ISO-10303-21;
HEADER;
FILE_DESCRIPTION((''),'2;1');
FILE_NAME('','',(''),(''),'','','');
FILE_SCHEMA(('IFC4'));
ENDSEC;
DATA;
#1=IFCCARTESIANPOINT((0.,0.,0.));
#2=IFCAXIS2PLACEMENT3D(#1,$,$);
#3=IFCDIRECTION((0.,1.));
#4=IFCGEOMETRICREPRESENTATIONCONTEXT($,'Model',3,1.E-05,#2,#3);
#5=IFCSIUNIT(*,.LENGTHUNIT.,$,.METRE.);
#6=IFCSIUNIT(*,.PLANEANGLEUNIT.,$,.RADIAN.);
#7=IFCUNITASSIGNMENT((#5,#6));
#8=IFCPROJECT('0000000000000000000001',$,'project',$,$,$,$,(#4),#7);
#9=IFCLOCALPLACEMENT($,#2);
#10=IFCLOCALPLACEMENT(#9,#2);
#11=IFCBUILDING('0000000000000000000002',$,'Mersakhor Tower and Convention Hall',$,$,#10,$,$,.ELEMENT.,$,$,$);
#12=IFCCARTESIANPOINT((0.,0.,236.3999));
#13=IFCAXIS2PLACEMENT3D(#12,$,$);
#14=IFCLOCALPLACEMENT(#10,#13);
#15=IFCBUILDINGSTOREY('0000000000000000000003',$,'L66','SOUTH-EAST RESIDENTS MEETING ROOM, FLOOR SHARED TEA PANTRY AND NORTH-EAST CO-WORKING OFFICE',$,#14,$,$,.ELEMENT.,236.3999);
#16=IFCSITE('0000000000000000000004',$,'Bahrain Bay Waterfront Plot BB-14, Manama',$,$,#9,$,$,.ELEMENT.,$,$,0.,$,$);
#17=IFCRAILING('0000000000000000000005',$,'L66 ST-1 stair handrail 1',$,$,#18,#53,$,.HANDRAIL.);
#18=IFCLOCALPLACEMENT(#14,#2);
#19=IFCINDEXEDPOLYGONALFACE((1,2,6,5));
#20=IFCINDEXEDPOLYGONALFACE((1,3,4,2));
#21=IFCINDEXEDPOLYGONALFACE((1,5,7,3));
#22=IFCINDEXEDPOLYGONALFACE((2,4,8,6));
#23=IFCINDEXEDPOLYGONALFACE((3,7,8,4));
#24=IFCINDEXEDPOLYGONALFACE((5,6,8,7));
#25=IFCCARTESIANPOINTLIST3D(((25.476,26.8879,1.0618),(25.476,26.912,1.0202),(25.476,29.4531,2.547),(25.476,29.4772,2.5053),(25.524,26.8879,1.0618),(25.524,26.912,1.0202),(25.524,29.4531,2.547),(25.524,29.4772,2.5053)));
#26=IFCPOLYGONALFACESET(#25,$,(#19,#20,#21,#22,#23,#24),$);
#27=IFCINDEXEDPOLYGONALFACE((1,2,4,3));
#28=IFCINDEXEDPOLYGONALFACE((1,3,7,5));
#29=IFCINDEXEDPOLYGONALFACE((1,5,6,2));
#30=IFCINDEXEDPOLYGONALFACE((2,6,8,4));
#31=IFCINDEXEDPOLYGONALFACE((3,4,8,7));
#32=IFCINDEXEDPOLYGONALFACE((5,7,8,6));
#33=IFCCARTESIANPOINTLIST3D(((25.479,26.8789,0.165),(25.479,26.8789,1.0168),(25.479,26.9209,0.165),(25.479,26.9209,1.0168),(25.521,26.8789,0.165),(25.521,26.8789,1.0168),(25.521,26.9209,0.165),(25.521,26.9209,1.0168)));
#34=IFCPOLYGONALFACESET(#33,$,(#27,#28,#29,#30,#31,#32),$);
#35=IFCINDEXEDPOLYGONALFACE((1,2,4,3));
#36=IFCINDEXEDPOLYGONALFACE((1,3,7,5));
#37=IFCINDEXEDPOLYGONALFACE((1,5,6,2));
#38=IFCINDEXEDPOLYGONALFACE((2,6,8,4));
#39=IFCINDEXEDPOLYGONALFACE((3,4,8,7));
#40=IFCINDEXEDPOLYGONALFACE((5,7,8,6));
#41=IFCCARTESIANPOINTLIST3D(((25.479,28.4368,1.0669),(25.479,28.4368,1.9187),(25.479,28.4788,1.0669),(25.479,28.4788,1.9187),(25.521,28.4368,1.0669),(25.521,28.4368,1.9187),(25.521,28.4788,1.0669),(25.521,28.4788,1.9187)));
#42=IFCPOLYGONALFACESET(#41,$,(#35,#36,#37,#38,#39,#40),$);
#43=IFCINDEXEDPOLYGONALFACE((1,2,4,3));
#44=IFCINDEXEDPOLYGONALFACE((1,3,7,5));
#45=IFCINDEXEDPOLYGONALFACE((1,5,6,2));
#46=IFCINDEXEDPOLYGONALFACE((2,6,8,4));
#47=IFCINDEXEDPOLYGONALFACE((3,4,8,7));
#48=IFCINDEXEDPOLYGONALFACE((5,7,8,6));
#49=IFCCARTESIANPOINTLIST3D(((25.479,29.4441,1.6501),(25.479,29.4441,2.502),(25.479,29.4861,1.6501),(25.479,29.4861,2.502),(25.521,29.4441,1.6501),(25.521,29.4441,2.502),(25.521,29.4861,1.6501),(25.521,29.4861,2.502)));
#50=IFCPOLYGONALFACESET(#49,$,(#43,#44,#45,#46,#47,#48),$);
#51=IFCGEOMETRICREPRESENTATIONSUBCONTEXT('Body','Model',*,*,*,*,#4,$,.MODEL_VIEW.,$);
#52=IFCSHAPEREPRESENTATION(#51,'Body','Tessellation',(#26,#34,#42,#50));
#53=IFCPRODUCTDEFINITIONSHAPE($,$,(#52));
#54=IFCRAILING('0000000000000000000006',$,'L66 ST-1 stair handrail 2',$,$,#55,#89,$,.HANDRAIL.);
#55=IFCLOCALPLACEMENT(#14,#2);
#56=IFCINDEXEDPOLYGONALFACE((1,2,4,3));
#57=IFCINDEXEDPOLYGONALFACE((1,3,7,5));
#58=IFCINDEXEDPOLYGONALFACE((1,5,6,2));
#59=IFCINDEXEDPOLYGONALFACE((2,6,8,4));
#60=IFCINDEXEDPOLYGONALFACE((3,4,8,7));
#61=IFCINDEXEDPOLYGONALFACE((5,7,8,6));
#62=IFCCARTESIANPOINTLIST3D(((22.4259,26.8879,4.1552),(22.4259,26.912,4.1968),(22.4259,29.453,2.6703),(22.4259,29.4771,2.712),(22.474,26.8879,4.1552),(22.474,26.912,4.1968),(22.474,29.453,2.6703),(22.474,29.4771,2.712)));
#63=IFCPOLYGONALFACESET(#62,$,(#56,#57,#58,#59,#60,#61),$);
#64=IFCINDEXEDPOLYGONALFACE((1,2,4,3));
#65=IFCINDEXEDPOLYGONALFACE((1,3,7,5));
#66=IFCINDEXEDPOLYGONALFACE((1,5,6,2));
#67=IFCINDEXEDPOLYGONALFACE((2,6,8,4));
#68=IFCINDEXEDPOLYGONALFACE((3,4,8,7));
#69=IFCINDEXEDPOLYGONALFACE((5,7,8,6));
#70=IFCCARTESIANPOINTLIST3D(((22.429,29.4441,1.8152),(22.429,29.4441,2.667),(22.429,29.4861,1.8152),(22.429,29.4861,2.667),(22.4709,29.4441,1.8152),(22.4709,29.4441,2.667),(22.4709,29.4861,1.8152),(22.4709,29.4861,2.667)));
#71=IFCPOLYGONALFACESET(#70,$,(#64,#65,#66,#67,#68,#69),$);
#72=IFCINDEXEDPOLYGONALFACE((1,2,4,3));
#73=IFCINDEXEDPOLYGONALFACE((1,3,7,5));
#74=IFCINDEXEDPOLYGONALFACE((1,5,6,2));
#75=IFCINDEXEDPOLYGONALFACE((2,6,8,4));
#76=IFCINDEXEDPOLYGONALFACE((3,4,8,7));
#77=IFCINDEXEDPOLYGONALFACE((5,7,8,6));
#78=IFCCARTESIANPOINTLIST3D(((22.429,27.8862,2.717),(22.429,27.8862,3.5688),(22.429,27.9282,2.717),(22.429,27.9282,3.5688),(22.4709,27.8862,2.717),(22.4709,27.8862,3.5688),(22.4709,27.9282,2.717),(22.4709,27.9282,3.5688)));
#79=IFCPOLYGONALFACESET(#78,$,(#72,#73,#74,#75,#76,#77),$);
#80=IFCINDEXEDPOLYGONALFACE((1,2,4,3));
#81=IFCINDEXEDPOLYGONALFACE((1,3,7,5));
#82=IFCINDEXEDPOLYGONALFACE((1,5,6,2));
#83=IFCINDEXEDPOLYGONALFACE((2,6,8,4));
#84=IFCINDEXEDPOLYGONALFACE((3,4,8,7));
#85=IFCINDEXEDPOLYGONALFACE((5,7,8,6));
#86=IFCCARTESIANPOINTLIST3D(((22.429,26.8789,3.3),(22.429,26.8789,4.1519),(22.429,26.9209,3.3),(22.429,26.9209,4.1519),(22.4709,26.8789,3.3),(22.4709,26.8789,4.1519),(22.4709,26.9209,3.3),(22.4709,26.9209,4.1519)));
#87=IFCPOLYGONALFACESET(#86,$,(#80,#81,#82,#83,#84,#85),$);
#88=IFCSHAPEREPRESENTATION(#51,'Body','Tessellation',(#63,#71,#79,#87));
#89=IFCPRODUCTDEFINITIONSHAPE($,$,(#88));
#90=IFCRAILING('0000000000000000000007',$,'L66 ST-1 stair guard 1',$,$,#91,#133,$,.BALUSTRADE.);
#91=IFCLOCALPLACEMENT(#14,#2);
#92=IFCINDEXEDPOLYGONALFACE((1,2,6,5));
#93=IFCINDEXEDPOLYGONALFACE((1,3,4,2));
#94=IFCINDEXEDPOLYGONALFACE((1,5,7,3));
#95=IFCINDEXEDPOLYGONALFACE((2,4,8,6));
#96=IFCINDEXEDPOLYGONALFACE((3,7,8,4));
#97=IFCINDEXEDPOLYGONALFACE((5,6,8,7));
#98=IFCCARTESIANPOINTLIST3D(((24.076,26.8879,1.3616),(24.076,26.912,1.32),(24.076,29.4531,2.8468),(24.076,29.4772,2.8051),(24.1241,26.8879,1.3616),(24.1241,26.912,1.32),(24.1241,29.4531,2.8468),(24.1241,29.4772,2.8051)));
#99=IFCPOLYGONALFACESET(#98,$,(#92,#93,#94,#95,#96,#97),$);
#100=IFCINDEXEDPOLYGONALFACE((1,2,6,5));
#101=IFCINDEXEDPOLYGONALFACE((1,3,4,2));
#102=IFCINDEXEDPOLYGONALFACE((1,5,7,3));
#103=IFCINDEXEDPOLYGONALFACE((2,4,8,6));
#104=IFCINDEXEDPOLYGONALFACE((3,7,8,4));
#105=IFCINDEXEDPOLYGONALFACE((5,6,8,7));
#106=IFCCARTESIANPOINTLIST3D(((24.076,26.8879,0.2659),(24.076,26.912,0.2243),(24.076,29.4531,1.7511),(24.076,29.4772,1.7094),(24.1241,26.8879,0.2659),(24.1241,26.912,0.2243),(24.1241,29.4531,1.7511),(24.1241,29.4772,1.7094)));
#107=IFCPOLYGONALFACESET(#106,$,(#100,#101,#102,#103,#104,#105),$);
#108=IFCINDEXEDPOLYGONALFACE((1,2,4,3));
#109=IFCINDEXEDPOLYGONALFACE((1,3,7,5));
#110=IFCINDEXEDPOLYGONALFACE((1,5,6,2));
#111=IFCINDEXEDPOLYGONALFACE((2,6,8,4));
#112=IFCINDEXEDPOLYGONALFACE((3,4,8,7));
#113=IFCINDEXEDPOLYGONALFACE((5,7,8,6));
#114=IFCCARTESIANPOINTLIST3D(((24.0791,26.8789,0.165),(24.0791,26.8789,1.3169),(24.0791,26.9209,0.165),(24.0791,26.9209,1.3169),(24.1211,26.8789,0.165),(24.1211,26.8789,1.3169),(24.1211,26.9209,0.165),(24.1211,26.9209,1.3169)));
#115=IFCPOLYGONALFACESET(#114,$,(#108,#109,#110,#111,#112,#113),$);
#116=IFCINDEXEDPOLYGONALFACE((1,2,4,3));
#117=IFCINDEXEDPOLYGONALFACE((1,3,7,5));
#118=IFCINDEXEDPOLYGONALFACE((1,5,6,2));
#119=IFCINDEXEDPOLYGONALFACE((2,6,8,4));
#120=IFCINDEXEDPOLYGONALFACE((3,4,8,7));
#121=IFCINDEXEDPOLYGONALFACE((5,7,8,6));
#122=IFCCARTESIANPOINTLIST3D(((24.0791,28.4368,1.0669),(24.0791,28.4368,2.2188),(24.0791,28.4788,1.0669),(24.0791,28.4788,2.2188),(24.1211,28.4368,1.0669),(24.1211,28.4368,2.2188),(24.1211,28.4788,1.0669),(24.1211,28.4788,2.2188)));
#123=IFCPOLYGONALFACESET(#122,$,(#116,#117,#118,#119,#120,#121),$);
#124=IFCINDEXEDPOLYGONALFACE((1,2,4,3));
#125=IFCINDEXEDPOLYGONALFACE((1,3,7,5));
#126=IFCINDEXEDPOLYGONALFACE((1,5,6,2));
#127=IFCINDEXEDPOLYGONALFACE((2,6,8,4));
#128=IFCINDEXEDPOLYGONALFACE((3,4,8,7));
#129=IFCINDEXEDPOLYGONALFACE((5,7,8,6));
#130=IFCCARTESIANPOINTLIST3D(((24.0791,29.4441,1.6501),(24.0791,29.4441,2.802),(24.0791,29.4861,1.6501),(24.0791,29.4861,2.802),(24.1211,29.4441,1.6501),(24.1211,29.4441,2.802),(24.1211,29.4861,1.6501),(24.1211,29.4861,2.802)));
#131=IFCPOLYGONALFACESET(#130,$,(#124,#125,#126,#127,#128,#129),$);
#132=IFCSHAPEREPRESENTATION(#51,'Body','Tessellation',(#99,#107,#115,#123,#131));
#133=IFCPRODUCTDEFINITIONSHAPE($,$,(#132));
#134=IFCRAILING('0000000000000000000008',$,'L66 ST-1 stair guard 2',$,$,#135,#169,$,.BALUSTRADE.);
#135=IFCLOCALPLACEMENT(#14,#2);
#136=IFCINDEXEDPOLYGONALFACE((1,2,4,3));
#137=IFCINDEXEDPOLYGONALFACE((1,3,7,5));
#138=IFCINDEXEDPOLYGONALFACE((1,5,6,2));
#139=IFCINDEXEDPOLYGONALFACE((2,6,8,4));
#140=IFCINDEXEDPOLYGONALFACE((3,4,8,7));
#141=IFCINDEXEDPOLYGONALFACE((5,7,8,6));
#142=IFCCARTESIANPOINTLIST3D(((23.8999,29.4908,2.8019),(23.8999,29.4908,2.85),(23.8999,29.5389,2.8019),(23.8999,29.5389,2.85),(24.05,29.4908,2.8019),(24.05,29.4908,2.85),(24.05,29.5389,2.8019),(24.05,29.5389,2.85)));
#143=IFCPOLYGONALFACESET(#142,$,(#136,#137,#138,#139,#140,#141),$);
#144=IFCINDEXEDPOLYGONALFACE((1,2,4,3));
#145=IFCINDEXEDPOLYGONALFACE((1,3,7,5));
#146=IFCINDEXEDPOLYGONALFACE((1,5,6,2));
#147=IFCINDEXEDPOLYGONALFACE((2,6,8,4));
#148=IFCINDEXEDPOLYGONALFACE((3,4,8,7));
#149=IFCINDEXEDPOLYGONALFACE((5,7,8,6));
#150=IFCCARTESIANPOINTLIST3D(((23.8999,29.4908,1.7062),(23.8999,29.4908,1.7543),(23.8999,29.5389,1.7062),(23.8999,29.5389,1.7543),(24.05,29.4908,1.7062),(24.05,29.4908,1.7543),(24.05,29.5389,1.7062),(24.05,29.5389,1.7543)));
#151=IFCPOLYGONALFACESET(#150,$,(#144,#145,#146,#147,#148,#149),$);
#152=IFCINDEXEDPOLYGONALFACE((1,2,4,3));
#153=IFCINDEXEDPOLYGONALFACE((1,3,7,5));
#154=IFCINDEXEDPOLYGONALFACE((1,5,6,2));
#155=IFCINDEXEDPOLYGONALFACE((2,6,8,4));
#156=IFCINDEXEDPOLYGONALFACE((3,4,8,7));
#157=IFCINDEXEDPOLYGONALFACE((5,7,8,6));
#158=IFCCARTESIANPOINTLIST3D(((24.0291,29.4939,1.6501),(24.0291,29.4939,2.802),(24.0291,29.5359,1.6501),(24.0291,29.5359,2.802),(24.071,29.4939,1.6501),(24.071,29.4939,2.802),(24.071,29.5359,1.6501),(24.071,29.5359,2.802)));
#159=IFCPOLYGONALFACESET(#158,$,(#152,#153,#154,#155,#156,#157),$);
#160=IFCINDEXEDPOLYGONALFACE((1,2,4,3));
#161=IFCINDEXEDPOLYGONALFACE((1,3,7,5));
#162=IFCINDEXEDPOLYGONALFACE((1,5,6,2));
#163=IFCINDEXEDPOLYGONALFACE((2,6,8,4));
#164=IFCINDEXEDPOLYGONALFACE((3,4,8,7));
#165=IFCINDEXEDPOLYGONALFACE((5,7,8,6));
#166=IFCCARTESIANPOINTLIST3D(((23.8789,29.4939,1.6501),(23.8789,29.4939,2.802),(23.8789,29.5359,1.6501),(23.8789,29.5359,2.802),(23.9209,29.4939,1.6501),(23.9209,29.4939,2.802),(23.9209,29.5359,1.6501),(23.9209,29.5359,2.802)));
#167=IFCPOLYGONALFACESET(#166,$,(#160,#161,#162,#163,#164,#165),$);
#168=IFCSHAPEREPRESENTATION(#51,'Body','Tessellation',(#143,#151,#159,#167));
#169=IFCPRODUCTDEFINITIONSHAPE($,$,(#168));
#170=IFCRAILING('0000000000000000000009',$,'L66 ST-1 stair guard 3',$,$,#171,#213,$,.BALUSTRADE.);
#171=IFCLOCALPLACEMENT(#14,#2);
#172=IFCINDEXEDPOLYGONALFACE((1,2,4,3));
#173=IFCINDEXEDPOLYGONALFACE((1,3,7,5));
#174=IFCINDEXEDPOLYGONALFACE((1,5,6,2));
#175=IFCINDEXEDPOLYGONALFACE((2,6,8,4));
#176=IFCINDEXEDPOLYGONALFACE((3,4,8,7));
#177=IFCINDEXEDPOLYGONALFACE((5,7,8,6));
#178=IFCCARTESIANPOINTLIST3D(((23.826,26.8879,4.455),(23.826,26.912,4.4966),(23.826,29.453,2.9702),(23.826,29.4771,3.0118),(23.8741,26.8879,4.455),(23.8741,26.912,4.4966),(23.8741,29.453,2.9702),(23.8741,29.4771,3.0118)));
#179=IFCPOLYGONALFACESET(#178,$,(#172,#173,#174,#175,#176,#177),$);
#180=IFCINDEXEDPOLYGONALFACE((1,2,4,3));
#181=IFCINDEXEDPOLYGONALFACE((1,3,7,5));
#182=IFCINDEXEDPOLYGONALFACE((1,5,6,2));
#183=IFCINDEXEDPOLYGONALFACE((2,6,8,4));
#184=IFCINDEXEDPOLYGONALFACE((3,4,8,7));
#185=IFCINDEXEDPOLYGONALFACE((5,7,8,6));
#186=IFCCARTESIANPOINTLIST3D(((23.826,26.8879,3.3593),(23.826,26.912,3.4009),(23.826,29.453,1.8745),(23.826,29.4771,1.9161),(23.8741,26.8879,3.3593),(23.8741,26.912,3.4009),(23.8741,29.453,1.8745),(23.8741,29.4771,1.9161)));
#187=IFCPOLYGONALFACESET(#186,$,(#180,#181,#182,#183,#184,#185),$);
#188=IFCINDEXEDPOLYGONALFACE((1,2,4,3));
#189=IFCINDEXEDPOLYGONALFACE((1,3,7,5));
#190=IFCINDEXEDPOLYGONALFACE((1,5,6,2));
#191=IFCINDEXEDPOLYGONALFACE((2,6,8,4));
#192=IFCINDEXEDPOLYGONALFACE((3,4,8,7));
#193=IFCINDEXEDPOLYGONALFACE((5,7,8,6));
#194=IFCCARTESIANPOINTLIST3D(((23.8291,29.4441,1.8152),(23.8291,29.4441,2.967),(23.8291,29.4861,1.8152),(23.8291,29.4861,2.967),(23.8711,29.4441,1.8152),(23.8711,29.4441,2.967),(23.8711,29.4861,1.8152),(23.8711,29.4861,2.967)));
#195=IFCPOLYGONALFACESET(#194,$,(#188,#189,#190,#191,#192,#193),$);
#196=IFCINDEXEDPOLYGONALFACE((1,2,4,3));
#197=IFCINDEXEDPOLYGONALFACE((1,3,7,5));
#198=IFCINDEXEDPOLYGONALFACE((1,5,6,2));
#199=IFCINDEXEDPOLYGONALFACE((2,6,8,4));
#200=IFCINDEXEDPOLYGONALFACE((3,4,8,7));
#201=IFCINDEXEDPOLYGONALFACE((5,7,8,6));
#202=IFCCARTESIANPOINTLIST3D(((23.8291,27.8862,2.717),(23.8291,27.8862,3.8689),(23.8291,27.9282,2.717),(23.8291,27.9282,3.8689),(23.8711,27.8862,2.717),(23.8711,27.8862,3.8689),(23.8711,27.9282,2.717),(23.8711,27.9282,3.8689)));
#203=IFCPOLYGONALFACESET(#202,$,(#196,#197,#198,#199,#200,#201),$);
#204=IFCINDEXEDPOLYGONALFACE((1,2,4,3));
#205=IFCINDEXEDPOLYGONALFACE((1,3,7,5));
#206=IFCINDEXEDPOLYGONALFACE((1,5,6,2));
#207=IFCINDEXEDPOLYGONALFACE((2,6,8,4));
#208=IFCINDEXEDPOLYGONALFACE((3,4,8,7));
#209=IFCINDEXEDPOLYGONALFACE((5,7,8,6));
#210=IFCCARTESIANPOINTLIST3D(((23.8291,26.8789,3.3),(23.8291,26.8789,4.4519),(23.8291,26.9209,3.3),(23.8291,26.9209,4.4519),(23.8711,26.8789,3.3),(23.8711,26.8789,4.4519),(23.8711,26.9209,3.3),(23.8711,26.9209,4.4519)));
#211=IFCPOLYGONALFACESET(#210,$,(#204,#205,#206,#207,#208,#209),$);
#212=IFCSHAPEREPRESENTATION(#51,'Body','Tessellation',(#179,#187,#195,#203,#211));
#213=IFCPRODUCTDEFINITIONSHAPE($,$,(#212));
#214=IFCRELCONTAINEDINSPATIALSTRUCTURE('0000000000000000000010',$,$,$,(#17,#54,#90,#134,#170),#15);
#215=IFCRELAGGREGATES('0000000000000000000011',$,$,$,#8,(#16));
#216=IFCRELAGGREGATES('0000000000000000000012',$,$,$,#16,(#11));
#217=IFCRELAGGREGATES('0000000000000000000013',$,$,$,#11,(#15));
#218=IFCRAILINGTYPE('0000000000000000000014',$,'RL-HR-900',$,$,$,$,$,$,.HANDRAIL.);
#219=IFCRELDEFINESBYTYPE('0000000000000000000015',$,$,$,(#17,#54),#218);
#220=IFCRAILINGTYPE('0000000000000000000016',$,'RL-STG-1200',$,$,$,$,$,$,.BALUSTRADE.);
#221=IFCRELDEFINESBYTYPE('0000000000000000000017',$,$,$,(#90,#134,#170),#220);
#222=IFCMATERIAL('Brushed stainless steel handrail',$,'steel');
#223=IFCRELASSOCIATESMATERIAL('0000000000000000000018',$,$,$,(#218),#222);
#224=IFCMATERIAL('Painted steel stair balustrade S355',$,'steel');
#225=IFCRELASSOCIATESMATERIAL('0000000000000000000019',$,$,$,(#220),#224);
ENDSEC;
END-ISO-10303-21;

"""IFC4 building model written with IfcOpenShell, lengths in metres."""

from ifc_helpers import new_model, si_unit, direction, frame, origin, origin_2d, place, context, subcontext, project, spatial, rectangle, extrude, material, type_object, element, save


model = new_model("IFC4")

# Units and contexts
model_context = context("Model", 3, precision=1e-05, world=origin(), true_north=direction((0.0, 1.0)))
body_context = subcontext(model_context, "Body", "Model", "MODEL_VIEW")
ifc_project = project(units=[si_unit("LENGTHUNIT", "METRE"), si_unit("PLANEANGLEUNIT", "RADIAN")], contexts=[model_context])

# Site, building, storey
site_placement = place(None, origin())
site = spatial("IfcSite", under=ifc_project, at=site_placement, Name="Bahrain Bay Waterfront Plot BB-14, Manama", CompositionType="ELEMENT", RefElevation=0.0)
building_placement = place(site_placement, origin())
building = spatial("IfcBuilding", under=site, at=building_placement, Name="Mersakhor Tower and Convention Hall", CompositionType="ELEMENT")
storey_placement = place(building_placement, frame((0.0, 0.0, 236.3999)))
storey = spatial("IfcBuildingStorey", under=building, at=storey_placement, Name="L66", Description="SOUTH-EAST RESIDENTS MEETING ROOM, FLOOR SHARED TEA PANTRY AND NORTH-EAST CO-WORKING OFFICE", CompositionType="ELEMENT", Elevation=236.3999)

# Railings
ifc_material_1 = material(Name="Brushed stainless steel handrail", Category="steel")
railing_type_1 = type_object("IfcRailingType", Name="RL-HR-900", PredefinedType="HANDRAIL", material=ifc_material_1)
railing_1_placement = place(storey_placement, frame((25.5, 26.8999, 0.165)))
element("IfcRailing", 1, at=railing_1_placement, inside=storey, type_object=railing_type_1, Name="L66 ST-1 stair handrail 1", PredefinedType="HANDRAIL", context=body_context, shape_type="SweptSolid", body=[
    extrude(rectangle(XDim=0.0481, YDim=0.0481, at=origin_2d()), frame((0.0, 0.0, 0.876), z_axis=(0.0, 0.865426, 0.501036), x_axis=(-1.0, 0.0, 0.0)), (0.0, 0.0, 1.0), 2.9641),
    extrude(rectangle(XDim=0.042, YDim=0.042, at=origin_2d()), origin(), (0.0, 0.0, 1.0), 0.8518),
    extrude(rectangle(XDim=0.042, YDim=0.042, at=origin_2d()), frame((0.0, 1.5579, 0.9019)), (0.0, 0.0, 1.0), 0.8518),
    extrude(rectangle(XDim=0.042, YDim=0.042, at=origin_2d()), frame((0.0, 2.5652, 1.4851)), (0.0, 0.0, 1.0), 0.8518),
])
railing_2_placement = place(storey_placement, frame((22.45, 29.4651, 1.8152)))
element("IfcRailing", 2, at=railing_2_placement, inside=storey, type_object=railing_type_1, Name="L66 ST-1 stair handrail 2", PredefinedType="HANDRAIL", context=body_context, shape_type="SweptSolid", body=[
    extrude(rectangle(XDim=0.0481, YDim=0.0481, at=origin_2d()), frame((0.0, 0.0, 0.876), z_axis=(0.0, -0.865462, 0.500975), x_axis=(1.0, 0.0, 0.0)), (0.0, 0.0, 1.0), 2.9639),
    extrude(rectangle(XDim=0.042, YDim=0.042, at=origin_2d()), origin(), (0.0, 0.0, 1.0), 0.8518),
    extrude(rectangle(XDim=0.042, YDim=0.042, at=origin_2d()), frame((0.0, -1.5579, 0.9019)), (0.0, 0.0, 1.0), 0.8518),
    extrude(rectangle(XDim=0.042, YDim=0.042, at=origin_2d()), frame((0.0, -2.5652, 1.4849)), (0.0, 0.0, 1.0), 0.8518),
])
ifc_material_2 = material(Name="Painted steel stair balustrade S355", Category="steel")
railing_type_2 = type_object("IfcRailingType", Name="RL-STG-1200", PredefinedType="BALUSTRADE", material=ifc_material_2)
railing_3_placement = place(storey_placement, frame((24.1001, 26.8999, 0.165)))
element("IfcRailing", 3, at=railing_3_placement, inside=storey, type_object=railing_type_2, Name="L66 ST-1 stair guard 1", PredefinedType="BALUSTRADE", context=body_context, shape_type="SweptSolid", body=[
    extrude(rectangle(XDim=0.0481, YDim=0.0481, at=origin_2d()), frame((0.0, 0.0, 1.1758), z_axis=(0.0, 0.865426, 0.501036), x_axis=(-1.0, 0.0, 0.0)), (0.0, 0.0, 1.0), 2.9641),
    extrude(rectangle(XDim=0.0481, YDim=0.0481, at=origin_2d()), frame((0.0, 0.0, 0.0801), z_axis=(0.0, 0.865426, 0.501036), x_axis=(-1.0, 0.0, 0.0)), (0.0, 0.0, 1.0), 2.9641),
    extrude(rectangle(XDim=0.042, YDim=0.042, at=origin_2d()), origin(), (0.0, 0.0, 1.0), 1.1519),
    extrude(rectangle(XDim=0.042, YDim=0.042, at=origin_2d()), frame((0.0, 1.5579, 0.9019)), (0.0, 0.0, 1.0), 1.1519),
    extrude(rectangle(XDim=0.042, YDim=0.042, at=origin_2d()), frame((0.0, 2.5652, 1.4851)), (0.0, 0.0, 1.0), 1.1519),
])
railing_4_placement = place(storey_placement, frame((24.05, 29.5149, 1.6501)))
element("IfcRailing", 4, at=railing_4_placement, inside=storey, type_object=railing_type_2, Name="L66 ST-1 stair guard 2", PredefinedType="BALUSTRADE", context=body_context, shape_type="SweptSolid", body=[
    extrude(rectangle(XDim=0.0481, YDim=0.0481, at=origin_2d()), frame((0.0, 0.0, 1.1758), z_axis=(-1.0, 0.0, 0.0), x_axis=(0.0, -1.0, 0.0)), (0.0, 0.0, 1.0), 0.1501),
    extrude(rectangle(XDim=0.0481, YDim=0.0481, at=origin_2d()), frame((0.0, 0.0, 0.0801), z_axis=(-1.0, 0.0, 0.0), x_axis=(0.0, -1.0, 0.0)), (0.0, 0.0, 1.0), 0.1501),
    extrude(rectangle(XDim=0.042, YDim=0.042, at=origin_2d()), origin(), (0.0, 0.0, 1.0), 1.1519),
    extrude(rectangle(XDim=0.042, YDim=0.042, at=origin_2d()), frame((-0.1501, 0.0, 0.0)), (0.0, 0.0, 1.0), 1.1519),
])
railing_5_placement = place(storey_placement, frame((23.8501, 29.4651, 1.8152)))
element("IfcRailing", 5, at=railing_5_placement, inside=storey, type_object=railing_type_2, Name="L66 ST-1 stair guard 3", PredefinedType="BALUSTRADE", context=body_context, shape_type="SweptSolid", body=[
    extrude(rectangle(XDim=0.0481, YDim=0.0481, at=origin_2d()), frame((0.0, 0.0, 1.1758), z_axis=(0.0, -0.865462, 0.500975), x_axis=(1.0, 0.0, 0.0)), (0.0, 0.0, 1.0), 2.9639),
    extrude(rectangle(XDim=0.0481, YDim=0.0481, at=origin_2d()), frame((0.0, 0.0, 0.0801), z_axis=(0.0, -0.865462, 0.500975), x_axis=(1.0, 0.0, 0.0)), (0.0, 0.0, 1.0), 2.9639),
    extrude(rectangle(XDim=0.042, YDim=0.042, at=origin_2d()), origin(), (0.0, 0.0, 1.0), 1.1519),
    extrude(rectangle(XDim=0.042, YDim=0.042, at=origin_2d()), frame((0.0, -1.5579, 0.9019)), (0.0, 0.0, 1.0), 1.1519),
    extrude(rectangle(XDim=0.042, YDim=0.042, at=origin_2d()), frame((0.0, -2.5652, 1.4849)), (0.0, 0.0, 1.0), 1.1519),
])

save(model, "model.ifc")
